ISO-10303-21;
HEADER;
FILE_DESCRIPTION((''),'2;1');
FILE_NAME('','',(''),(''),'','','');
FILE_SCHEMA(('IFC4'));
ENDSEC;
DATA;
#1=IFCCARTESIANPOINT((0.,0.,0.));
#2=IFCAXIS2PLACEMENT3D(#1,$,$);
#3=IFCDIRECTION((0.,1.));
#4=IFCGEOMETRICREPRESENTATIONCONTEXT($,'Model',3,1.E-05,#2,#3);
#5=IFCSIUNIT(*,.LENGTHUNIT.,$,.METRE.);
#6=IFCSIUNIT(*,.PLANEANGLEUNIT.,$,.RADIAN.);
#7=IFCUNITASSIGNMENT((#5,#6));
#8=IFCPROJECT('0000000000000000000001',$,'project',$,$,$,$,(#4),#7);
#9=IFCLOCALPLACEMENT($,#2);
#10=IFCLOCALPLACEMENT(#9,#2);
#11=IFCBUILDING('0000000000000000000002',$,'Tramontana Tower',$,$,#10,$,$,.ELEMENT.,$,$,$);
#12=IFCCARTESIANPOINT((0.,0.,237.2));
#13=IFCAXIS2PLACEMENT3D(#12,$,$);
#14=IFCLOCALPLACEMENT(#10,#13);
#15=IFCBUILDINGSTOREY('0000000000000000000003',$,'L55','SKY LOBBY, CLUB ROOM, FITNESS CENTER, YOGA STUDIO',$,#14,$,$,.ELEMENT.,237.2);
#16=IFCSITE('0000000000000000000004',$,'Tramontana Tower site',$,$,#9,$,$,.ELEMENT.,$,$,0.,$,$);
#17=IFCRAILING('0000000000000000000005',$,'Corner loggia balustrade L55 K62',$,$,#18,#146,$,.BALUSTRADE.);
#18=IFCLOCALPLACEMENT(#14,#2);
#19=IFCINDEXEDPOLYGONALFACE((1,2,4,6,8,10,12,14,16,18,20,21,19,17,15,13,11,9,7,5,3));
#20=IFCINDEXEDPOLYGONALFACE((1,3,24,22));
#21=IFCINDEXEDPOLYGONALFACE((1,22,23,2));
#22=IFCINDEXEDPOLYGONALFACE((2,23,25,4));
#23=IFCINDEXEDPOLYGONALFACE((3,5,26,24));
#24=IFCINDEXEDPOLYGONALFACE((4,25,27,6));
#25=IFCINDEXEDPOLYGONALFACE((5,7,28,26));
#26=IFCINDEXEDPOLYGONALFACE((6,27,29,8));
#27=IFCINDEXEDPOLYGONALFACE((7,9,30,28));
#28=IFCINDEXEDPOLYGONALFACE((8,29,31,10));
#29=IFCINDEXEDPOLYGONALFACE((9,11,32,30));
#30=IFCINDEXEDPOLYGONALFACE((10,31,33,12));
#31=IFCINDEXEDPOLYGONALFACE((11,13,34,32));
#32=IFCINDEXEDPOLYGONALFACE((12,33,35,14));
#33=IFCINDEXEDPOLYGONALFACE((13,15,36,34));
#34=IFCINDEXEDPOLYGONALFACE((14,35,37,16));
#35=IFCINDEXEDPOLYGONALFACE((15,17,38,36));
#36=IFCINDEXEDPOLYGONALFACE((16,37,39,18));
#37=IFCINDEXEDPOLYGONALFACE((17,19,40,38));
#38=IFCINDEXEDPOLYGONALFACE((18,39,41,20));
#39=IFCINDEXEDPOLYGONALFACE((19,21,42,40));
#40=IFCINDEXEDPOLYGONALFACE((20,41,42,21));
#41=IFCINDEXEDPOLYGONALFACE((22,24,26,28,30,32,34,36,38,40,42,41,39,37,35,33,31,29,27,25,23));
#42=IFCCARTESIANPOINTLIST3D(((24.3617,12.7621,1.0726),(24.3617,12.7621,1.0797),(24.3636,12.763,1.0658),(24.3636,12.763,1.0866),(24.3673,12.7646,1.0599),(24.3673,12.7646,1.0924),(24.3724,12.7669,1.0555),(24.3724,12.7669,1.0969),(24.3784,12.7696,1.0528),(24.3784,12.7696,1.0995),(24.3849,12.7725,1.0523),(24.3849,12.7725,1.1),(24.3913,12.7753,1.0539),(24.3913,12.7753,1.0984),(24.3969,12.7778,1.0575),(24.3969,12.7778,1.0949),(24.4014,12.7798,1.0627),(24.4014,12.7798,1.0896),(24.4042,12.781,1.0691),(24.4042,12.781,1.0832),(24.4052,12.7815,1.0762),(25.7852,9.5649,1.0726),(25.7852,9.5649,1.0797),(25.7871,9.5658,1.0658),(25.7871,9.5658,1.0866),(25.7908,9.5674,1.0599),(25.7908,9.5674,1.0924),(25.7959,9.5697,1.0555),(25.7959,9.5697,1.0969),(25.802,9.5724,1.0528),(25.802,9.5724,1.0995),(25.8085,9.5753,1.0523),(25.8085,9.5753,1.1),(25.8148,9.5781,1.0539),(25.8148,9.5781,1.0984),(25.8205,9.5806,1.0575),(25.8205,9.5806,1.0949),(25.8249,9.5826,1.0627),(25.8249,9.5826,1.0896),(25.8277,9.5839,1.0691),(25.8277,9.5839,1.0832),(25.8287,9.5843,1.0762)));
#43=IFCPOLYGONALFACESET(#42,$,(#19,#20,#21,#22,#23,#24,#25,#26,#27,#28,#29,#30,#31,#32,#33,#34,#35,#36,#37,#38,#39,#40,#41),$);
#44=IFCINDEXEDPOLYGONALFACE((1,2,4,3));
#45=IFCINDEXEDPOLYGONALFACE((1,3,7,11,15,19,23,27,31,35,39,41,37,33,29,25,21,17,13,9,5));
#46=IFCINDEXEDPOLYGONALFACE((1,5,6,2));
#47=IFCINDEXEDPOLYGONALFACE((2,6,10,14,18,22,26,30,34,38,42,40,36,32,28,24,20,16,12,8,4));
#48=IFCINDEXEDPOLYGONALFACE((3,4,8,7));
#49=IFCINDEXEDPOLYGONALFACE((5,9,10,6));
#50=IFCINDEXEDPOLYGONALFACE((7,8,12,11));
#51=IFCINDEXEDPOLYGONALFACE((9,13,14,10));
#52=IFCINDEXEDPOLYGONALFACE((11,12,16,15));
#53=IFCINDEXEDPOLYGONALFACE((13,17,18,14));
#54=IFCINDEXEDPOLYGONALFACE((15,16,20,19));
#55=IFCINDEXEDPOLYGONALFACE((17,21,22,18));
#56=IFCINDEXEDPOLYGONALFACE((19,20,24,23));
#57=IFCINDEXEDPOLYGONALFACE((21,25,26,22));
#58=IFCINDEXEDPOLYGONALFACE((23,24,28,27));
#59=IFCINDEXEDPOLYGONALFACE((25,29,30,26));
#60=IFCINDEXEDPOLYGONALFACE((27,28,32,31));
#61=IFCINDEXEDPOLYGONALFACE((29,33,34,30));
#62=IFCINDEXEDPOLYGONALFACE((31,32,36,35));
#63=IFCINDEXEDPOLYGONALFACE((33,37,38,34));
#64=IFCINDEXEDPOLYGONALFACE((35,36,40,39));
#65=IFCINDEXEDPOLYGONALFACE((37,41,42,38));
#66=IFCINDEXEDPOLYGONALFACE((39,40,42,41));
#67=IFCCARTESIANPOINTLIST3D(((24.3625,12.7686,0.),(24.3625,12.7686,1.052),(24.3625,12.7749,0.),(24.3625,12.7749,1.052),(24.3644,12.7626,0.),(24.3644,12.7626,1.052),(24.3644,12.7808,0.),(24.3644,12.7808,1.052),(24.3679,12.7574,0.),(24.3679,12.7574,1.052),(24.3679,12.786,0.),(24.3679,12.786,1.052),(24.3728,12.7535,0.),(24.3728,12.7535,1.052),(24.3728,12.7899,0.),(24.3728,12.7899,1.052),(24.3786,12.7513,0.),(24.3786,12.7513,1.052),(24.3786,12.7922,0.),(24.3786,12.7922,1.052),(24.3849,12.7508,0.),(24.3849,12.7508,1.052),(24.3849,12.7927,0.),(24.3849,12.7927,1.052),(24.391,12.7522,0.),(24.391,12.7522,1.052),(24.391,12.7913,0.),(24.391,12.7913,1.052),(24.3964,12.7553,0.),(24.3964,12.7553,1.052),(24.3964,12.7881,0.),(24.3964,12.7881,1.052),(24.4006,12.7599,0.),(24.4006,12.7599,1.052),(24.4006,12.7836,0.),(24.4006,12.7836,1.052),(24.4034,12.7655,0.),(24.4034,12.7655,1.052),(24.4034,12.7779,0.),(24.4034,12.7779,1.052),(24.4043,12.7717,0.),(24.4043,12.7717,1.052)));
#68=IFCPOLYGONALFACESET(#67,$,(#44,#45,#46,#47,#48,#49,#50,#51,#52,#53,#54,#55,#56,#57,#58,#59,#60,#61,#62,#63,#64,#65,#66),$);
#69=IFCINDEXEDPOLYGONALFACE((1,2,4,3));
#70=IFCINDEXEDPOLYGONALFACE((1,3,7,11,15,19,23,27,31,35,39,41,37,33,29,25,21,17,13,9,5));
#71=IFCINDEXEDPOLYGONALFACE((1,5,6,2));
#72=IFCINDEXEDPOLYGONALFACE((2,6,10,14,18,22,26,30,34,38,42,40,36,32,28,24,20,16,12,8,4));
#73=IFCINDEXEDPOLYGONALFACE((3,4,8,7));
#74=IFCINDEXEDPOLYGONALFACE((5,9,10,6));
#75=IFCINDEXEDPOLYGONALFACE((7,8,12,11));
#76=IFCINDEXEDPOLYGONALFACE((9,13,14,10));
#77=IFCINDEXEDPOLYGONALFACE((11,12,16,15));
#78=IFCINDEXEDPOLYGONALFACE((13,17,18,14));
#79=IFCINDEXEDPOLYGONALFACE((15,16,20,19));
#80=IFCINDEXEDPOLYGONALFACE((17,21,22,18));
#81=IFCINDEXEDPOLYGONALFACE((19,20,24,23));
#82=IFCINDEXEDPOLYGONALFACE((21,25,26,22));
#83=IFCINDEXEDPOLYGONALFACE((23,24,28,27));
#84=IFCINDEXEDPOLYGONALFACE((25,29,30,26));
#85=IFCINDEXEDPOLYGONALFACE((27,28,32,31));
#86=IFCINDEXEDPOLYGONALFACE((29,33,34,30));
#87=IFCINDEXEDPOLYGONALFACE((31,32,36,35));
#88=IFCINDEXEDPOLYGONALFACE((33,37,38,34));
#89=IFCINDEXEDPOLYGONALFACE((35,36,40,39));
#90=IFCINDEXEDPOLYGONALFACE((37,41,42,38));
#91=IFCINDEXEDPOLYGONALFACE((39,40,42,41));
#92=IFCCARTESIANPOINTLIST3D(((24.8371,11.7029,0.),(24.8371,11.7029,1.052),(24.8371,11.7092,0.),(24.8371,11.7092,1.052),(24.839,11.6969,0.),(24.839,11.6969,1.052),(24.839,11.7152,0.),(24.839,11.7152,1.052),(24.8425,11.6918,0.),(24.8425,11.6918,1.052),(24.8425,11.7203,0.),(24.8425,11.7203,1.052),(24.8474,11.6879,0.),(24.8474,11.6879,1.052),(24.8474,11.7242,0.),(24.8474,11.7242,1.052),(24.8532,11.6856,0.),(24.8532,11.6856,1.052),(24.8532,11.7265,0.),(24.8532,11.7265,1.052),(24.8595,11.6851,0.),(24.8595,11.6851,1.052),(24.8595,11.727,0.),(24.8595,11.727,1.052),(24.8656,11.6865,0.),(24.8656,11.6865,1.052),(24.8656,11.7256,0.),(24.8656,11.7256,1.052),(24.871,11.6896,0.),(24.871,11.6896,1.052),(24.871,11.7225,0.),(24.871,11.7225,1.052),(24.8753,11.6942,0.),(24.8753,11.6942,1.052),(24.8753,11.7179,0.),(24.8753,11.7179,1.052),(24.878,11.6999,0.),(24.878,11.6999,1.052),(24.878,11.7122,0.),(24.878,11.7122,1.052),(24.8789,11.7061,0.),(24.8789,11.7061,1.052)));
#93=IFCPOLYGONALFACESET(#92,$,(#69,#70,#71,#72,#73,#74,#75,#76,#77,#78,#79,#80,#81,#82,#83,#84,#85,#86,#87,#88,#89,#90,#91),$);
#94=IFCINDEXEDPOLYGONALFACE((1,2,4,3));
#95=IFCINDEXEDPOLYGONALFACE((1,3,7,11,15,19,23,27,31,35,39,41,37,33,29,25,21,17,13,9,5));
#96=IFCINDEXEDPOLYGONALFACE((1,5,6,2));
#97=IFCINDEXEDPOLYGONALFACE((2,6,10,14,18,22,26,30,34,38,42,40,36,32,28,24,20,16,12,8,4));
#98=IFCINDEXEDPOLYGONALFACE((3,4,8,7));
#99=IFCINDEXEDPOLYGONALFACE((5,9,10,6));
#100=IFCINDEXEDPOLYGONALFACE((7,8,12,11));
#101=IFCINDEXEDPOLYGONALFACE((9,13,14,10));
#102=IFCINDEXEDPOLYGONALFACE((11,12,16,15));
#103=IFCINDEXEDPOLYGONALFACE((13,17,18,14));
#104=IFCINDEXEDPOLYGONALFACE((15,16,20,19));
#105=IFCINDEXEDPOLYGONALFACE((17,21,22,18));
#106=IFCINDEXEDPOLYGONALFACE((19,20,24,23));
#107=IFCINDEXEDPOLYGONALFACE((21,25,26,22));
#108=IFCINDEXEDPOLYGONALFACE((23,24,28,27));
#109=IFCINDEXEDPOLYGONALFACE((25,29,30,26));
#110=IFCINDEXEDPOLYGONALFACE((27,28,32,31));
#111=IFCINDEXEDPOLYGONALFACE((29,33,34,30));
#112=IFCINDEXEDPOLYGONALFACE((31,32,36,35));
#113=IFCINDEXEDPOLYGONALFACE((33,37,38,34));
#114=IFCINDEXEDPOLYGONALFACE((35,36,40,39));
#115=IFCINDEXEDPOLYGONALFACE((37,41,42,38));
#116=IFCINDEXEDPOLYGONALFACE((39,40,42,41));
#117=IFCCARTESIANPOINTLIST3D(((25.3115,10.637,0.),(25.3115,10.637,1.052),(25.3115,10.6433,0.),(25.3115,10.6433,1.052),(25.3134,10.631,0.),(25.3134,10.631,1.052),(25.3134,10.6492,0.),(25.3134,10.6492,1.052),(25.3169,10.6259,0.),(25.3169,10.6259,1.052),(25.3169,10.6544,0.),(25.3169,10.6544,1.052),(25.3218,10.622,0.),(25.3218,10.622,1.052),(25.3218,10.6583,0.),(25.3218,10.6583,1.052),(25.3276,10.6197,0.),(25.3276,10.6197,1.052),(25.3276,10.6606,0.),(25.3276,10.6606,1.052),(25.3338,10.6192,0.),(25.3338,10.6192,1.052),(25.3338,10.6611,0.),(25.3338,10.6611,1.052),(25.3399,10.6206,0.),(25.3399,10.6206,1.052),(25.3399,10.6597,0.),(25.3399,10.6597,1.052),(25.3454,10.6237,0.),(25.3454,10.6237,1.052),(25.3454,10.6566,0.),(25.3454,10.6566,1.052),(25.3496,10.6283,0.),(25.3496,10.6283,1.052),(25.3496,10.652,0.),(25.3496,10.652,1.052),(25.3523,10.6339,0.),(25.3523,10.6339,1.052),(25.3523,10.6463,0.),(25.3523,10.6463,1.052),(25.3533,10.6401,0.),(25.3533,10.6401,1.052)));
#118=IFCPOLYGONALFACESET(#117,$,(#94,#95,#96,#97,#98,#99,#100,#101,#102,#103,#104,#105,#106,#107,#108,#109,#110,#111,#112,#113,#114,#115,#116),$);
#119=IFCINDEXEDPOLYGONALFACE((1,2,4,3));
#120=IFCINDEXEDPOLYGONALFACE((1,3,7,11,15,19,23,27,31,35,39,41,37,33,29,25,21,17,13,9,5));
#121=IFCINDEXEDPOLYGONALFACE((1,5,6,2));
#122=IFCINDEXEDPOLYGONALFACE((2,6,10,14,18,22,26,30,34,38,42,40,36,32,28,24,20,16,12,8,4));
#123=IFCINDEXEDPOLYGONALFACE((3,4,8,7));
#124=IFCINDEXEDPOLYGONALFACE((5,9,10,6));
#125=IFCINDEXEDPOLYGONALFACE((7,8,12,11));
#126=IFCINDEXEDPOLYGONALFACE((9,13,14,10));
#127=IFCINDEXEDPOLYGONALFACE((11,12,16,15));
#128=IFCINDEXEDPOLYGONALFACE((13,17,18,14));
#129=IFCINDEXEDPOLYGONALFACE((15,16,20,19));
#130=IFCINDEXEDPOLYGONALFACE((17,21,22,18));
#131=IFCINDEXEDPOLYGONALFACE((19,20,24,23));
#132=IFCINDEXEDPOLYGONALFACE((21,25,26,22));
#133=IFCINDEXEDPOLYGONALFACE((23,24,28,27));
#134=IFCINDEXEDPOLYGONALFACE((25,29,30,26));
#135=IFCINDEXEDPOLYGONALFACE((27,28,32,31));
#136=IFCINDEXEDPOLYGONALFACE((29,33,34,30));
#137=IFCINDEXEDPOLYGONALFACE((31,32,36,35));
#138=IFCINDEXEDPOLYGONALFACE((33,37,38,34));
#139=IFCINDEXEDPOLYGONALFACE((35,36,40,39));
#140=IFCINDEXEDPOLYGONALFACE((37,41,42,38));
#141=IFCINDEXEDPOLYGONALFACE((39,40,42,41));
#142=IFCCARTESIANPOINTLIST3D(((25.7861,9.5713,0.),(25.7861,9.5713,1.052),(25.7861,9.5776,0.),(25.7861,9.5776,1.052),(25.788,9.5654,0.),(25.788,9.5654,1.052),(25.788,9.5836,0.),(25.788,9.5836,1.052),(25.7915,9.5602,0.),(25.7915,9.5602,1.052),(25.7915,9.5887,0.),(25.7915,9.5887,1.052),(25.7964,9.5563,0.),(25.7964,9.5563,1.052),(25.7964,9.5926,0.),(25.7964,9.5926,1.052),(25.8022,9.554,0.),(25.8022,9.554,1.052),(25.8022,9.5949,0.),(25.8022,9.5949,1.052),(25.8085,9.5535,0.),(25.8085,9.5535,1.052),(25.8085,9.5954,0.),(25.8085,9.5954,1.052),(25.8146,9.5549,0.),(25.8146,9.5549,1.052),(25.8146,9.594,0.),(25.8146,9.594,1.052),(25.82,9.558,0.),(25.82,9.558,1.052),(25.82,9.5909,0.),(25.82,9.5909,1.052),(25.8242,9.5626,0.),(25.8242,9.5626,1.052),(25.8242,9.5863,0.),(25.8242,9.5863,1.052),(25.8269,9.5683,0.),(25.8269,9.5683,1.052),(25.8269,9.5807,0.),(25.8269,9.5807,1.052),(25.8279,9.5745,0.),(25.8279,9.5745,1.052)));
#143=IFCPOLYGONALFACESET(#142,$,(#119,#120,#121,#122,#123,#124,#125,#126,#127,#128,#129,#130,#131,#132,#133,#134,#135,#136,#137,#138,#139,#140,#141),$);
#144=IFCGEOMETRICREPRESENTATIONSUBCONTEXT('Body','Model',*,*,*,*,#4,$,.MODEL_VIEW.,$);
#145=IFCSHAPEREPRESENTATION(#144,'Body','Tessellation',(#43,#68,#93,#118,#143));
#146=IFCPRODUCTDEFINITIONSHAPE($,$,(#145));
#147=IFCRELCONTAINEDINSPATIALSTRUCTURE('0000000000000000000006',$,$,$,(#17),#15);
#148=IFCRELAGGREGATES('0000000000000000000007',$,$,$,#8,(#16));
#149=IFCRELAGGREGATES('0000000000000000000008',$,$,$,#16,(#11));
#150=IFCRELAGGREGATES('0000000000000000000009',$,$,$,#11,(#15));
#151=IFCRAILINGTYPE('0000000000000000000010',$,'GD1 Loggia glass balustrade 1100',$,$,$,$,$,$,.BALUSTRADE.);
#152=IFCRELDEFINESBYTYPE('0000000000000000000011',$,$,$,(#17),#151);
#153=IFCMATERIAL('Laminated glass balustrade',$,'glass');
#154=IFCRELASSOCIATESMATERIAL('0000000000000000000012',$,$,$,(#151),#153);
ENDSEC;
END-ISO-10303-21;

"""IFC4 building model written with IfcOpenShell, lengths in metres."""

from ifc_helpers import new_model, si_unit, direction, frame, origin, origin_2d, place, context, subcontext, project, spatial, circle, extrude, material, type_object, element, save


model = new_model("IFC4")

# Units and contexts
model_context = context("Model", 3, precision=1e-05, world=origin(), true_north=direction((0.0, 1.0)))
body_context = subcontext(model_context, "Body", "Model", "MODEL_VIEW")
ifc_project = project(units=[si_unit("LENGTHUNIT", "METRE"), si_unit("PLANEANGLEUNIT", "RADIAN")], contexts=[model_context])

# Site, building, storey
site_placement = place(None, origin())
site = spatial("IfcSite", under=ifc_project, at=site_placement, Name="Tramontana Tower site", CompositionType="ELEMENT", RefElevation=0.0)
building_placement = place(site_placement, origin())
building = spatial("IfcBuilding", under=site, at=building_placement, Name="Tramontana Tower", CompositionType="ELEMENT")
storey_placement = place(building_placement, frame((0.0, 0.0, 237.2)))
storey = spatial("IfcBuildingStorey", under=building, at=storey_placement, Name="L55", Description="SKY LOBBY, CLUB ROOM, FITNESS CENTER, YOGA STUDIO", CompositionType="ELEMENT", Elevation=237.2)

# Railing
ifc_material_1 = material(Name="Laminated glass balustrade", Category="glass")
railing_type = type_object("IfcRailingType", Name="GD1 Loggia glass balustrade 1100", PredefinedType="BALUSTRADE", material=ifc_material_1)
railing_placement = place(storey_placement, frame((24.3833, 12.7717, 0.0)))
element("IfcRailing", 1, at=railing_placement, inside=storey, type_object=railing_type, Name="Corner loggia balustrade L55 K62", PredefinedType="BALUSTRADE", context=body_context, shape_type="SweptSolid", body=[
    extrude(circle(Radius=0.0239, at=origin_2d()), frame((0.0, 0.0, 1.0762), z_axis=(0.406753, -0.913538, 0.0), x_axis=(0.913538, 0.406753, 0.0)), (0.0, 0.0, 1.0), 3.4998),
    extrude(circle(Radius=0.021, at=origin_2d()), origin(), (0.0, 0.0, 1.0), 1.052),
    extrude(circle(Radius=0.021, at=origin_2d()), frame((0.4746, -1.0657, 0.0)), (0.0, 0.0, 1.0), 1.052),
    extrude(circle(Radius=0.021, at=origin_2d()), frame((0.949, -2.1316, 0.0)), (0.0, 0.0, 1.0), 1.052),
    extrude(circle(Radius=0.021, at=origin_2d()), frame((1.4236, -3.1973, 0.0)), (0.0, 0.0, 1.0), 1.052),
])

save(model, "model.ifc")
